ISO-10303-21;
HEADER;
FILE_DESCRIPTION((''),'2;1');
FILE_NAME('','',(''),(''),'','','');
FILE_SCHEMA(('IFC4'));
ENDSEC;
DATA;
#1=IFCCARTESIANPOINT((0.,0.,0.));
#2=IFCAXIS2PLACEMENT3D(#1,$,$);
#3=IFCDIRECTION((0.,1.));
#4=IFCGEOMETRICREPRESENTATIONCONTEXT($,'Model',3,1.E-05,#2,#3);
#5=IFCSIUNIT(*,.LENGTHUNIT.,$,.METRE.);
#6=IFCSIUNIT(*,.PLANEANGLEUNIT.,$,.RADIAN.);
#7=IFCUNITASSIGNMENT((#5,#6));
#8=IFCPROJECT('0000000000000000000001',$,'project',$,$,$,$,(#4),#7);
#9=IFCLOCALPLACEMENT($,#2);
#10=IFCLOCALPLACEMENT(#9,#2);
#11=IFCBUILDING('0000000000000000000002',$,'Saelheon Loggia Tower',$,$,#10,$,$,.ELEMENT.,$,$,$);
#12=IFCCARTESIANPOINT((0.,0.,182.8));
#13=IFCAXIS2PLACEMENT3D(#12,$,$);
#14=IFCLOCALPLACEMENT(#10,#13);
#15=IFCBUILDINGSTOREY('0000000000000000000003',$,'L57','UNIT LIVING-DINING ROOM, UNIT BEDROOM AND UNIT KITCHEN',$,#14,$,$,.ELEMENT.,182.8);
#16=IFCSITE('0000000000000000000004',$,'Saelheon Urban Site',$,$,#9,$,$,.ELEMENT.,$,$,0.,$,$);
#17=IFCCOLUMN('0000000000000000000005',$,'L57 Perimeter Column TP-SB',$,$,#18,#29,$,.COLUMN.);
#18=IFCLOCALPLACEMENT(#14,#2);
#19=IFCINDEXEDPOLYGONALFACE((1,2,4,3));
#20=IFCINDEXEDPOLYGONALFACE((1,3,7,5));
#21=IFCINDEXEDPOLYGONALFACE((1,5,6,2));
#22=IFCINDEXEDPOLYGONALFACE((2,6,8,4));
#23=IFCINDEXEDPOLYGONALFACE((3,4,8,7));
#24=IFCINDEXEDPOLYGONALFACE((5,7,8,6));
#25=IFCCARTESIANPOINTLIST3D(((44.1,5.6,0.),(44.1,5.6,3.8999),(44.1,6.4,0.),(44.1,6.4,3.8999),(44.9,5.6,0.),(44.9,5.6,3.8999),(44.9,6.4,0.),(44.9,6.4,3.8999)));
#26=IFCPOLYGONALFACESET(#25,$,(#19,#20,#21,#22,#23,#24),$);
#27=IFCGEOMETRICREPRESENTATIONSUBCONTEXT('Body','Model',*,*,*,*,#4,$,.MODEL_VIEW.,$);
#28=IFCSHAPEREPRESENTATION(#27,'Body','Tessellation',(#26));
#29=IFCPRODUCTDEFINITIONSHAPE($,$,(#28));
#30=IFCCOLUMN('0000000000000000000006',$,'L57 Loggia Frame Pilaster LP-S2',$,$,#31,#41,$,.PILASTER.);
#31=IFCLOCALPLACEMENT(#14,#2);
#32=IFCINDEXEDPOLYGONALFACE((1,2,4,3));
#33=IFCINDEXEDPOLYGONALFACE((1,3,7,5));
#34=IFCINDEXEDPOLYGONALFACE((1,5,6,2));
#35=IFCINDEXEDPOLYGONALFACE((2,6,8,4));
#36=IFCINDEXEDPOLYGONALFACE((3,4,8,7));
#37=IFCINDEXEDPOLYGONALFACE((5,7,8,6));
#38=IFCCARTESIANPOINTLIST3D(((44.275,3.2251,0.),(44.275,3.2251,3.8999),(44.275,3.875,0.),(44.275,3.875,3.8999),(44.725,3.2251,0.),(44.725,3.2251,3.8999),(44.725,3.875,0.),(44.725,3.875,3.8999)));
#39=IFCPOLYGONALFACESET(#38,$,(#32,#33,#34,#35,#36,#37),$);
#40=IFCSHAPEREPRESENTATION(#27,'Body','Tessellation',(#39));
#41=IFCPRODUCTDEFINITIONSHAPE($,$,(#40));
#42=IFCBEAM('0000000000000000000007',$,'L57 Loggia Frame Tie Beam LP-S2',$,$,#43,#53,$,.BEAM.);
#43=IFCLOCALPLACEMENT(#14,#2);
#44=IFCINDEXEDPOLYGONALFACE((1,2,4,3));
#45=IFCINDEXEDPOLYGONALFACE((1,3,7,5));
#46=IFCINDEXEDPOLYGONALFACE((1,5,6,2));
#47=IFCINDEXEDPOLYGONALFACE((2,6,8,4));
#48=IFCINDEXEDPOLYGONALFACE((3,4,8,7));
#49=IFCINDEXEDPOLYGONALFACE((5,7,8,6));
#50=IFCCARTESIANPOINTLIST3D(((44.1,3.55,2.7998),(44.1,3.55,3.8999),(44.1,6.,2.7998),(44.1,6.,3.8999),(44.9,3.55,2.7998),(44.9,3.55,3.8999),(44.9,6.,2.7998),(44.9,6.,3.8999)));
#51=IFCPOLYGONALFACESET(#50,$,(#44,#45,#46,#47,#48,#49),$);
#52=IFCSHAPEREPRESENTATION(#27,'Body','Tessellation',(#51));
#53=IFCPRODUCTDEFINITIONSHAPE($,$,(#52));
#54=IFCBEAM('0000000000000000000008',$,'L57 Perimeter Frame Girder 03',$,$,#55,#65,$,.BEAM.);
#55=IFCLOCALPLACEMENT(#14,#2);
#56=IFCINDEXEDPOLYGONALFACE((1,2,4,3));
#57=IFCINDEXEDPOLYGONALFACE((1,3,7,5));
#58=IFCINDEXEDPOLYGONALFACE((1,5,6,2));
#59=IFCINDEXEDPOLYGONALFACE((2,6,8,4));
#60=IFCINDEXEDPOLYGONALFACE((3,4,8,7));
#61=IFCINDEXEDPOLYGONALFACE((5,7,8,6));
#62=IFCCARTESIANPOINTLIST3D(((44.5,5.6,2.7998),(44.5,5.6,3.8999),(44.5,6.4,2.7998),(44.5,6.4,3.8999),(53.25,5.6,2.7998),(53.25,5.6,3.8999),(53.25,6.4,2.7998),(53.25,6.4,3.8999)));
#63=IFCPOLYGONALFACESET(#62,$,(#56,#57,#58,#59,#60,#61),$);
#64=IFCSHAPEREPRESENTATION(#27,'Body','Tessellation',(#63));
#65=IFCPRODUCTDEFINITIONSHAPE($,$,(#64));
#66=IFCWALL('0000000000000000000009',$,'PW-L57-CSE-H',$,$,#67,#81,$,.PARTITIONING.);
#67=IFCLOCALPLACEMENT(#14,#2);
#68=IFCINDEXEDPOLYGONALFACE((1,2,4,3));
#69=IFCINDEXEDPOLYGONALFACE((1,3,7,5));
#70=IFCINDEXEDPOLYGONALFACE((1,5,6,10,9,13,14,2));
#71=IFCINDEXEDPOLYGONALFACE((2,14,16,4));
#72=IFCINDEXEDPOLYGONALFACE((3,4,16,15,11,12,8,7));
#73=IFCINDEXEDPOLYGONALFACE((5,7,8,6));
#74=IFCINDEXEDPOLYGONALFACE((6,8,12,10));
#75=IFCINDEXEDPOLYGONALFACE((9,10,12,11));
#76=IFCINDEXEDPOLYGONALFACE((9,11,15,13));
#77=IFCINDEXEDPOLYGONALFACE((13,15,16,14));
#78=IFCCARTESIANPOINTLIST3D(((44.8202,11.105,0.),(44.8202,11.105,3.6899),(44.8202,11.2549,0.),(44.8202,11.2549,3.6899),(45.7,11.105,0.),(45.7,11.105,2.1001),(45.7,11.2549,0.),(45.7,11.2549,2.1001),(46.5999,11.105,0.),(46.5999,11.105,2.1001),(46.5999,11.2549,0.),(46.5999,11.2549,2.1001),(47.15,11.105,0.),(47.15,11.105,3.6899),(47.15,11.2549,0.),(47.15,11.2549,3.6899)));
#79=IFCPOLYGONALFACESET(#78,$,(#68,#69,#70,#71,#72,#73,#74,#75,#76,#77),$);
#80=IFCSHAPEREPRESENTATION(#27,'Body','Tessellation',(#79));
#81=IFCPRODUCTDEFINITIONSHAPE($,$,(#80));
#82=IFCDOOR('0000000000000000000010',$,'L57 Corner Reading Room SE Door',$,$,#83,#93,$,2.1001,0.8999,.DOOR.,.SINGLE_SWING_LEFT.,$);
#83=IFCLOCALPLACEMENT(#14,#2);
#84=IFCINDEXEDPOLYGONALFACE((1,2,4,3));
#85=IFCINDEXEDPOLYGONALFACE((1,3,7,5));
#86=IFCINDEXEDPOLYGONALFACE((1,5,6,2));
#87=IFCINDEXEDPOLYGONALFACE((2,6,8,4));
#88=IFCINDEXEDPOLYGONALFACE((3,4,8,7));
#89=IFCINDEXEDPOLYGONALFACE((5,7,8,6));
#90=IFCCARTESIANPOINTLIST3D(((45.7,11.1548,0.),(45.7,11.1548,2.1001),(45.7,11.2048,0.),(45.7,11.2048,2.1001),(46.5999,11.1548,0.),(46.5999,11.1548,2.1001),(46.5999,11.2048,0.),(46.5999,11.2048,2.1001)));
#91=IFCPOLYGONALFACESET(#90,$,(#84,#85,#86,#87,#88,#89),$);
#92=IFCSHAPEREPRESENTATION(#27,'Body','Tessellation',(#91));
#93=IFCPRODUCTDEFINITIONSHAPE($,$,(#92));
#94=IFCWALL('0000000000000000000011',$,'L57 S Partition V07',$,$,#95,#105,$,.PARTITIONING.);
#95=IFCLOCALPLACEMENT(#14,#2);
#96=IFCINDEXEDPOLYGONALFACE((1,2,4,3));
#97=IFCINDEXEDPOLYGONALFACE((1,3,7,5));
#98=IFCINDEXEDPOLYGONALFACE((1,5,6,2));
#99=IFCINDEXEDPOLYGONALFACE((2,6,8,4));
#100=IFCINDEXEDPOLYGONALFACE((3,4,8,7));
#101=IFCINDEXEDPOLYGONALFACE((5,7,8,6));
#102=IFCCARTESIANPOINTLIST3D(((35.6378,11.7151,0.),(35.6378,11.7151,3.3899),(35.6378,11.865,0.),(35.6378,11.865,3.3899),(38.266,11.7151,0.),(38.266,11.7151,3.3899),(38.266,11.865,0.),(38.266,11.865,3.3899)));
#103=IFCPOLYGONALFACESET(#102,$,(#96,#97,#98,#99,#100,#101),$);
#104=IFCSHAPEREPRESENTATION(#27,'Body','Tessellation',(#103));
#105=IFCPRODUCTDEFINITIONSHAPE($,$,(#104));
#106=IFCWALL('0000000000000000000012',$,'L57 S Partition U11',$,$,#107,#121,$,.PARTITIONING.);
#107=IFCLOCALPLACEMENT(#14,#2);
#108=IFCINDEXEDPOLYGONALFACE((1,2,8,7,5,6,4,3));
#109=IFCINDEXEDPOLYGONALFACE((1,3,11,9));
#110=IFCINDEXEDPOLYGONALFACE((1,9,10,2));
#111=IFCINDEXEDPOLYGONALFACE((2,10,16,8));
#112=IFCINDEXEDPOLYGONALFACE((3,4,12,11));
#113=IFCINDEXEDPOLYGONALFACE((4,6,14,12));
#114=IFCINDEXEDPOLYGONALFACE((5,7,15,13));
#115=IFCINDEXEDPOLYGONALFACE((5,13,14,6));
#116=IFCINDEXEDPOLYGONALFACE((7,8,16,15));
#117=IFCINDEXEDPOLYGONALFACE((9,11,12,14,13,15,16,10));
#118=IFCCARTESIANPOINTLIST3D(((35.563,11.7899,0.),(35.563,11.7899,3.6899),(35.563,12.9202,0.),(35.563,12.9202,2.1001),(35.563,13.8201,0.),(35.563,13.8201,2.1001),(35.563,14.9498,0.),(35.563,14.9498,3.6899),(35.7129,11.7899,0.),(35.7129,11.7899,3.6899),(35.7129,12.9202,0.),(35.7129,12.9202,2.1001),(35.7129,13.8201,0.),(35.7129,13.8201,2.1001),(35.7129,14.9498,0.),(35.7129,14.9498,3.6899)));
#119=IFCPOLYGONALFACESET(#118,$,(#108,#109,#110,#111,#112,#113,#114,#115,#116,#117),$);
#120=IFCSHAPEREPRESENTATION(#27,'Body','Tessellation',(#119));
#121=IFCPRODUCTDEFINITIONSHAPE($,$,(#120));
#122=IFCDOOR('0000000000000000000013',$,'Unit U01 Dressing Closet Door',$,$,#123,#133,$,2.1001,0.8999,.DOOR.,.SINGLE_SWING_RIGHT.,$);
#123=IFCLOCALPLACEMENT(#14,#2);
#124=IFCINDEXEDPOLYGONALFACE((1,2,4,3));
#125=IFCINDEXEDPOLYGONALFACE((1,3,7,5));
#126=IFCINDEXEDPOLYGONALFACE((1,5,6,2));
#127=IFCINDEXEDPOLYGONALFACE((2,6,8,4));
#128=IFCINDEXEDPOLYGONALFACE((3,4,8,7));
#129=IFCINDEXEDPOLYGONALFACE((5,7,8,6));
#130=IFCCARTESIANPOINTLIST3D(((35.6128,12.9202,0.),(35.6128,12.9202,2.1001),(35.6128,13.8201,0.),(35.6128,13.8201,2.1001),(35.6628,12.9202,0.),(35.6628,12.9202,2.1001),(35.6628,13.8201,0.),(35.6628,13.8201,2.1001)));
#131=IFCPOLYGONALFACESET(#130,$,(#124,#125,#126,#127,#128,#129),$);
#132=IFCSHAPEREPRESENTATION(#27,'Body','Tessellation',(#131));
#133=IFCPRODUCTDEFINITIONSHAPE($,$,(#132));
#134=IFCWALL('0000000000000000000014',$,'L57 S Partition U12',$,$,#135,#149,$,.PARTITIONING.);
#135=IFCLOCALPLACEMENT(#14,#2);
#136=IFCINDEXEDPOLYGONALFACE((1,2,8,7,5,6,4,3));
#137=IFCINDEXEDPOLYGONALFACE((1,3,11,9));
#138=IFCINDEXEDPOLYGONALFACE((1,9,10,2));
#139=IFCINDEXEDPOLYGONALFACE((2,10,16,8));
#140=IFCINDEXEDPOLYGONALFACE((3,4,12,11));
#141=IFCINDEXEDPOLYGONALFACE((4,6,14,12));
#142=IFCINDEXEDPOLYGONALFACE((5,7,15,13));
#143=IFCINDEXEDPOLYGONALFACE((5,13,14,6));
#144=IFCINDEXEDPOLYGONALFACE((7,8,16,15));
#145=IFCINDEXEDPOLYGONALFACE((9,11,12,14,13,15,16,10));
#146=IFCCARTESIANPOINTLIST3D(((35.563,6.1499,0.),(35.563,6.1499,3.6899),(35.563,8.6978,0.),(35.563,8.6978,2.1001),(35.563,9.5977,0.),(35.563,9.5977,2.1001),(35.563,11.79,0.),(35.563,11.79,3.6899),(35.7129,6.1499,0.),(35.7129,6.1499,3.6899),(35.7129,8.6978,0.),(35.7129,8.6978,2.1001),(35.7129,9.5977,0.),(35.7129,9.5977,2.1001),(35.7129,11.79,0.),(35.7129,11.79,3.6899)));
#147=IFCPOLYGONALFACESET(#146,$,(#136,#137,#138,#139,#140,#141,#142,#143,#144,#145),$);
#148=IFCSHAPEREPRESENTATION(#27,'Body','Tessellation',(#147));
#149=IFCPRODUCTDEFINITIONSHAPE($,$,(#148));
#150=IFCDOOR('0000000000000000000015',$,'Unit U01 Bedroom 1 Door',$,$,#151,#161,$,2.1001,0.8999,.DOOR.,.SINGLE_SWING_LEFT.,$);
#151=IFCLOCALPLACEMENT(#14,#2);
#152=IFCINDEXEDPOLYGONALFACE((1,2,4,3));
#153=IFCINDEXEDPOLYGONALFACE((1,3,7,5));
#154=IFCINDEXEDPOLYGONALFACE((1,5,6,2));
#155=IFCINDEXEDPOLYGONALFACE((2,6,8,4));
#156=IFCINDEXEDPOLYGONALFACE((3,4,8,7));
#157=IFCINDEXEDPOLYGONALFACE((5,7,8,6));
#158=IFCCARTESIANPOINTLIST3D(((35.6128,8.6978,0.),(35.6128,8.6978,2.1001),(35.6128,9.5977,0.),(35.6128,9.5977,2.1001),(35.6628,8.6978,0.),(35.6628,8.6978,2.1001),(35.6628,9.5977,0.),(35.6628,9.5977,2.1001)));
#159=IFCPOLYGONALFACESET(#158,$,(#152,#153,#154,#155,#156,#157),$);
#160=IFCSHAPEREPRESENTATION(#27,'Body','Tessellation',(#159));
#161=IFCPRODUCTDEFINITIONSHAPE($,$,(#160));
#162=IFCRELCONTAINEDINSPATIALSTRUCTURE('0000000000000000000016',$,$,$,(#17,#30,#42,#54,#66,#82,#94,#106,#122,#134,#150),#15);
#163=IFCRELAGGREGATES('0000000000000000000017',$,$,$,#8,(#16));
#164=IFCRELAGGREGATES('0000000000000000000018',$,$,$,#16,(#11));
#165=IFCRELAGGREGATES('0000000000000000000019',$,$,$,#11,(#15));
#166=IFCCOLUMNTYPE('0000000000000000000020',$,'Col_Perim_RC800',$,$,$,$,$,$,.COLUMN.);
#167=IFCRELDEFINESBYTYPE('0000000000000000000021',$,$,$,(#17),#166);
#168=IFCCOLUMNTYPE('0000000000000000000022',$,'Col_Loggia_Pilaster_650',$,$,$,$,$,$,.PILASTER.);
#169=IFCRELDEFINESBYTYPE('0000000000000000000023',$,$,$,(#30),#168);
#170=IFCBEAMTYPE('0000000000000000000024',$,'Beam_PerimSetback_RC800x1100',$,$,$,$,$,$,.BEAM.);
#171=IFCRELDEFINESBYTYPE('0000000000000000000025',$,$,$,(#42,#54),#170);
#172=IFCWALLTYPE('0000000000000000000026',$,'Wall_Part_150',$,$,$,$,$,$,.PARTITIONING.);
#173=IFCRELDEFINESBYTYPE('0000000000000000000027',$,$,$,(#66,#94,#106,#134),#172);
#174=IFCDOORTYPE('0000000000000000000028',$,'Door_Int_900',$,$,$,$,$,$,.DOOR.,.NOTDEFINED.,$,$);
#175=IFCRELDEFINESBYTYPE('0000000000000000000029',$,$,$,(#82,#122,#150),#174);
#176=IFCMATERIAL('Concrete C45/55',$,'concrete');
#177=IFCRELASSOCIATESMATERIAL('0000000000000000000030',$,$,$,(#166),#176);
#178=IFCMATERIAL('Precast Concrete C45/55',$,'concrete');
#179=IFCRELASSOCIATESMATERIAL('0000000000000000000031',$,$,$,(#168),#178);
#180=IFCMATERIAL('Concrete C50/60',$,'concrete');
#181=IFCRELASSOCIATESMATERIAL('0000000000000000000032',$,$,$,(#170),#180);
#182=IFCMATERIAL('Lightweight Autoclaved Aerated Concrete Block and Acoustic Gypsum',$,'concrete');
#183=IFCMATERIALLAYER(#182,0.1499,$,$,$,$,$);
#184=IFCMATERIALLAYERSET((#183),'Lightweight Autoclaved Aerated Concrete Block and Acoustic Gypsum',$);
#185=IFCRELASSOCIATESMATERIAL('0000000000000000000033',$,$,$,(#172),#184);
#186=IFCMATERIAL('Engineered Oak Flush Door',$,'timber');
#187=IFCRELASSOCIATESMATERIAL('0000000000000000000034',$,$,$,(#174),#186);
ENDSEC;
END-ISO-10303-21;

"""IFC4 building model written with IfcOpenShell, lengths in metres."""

from ifc_helpers import new_model, si_unit, direction, frame, frame_2d, origin, origin_2d, place, context, subcontext, project, spatial, rectangle, extrude, source, transform, mapped, material, layer, layer_set, material_profile, profile_set, type_object, element, fill, save


model = new_model("IFC4")

# Units and contexts
model_context = context("Model", 3, precision=1e-05, world=origin(), true_north=direction((0.0, 1.0)))
body_context = subcontext(model_context, "Body", "Model", "MODEL_VIEW")
ifc_project = project(units=[si_unit("LENGTHUNIT", "METRE"), si_unit("PLANEANGLEUNIT", "RADIAN")], contexts=[model_context])

# Site, building, storey
site_placement = place(None, origin())
site = spatial("IfcSite", under=ifc_project, at=site_placement, Name="Saelheon Urban Site", CompositionType="ELEMENT", RefElevation=0.0)
building_placement = place(site_placement, origin())
building = spatial("IfcBuilding", under=site, at=building_placement, Name="Saelheon Loggia Tower", CompositionType="ELEMENT")
storey_placement = place(building_placement, frame((0.0, 0.0, 182.8)))
storey = spatial("IfcBuildingStorey", under=building, at=storey_placement, Name="L57", Description="UNIT LIVING-DINING ROOM, UNIT BEDROOM AND UNIT KITCHEN", CompositionType="ELEMENT", Elevation=182.8)

# Columns
ifc_material_1 = material(Name="Concrete C45/55", Category="concrete")
ifc_material_profile_1 = material_profile(ifc_material_1, rectangle(XDim=0.8, YDim=0.8, at=origin_2d()), Name="RC-800x800")
ifc_profile_set_1 = profile_set([ifc_material_profile_1], Name="Concrete C45/55")
column_type_1 = type_object("IfcColumnType", Name="Col_Perim_RC800", PredefinedType="COLUMN", material=ifc_profile_set_1)
shared_shape_1 = source(origin(), body_context, "Body", "SweptSolid", [
    extrude(rectangle(XDim=0.8, YDim=0.8, at=origin_2d()), origin(), (0.0, 0.0, 1.0), 3.8999),
])
column_1_placement = place(storey_placement, frame((44.5, 6.0, 0.0), z_axis=(0.0, 0.0, 1.0), x_axis=(1.0, 0.0, 0.0)))
element("IfcColumn", 1, at=column_1_placement, inside=storey, type_object=column_type_1, Name="L57 Perimeter Column TP-SB", PredefinedType="COLUMN", context=body_context, shape_type="MappedRepresentation", body=[
    mapped(shared_shape_1, transform((0.0, 0.0, 0.0), scale=1.0)),
])
ifc_material_2 = material(Name="Precast Concrete C45/55", Category="concrete")
ifc_material_profile_2 = material_profile(ifc_material_2, rectangle(XDim=0.45, YDim=0.6499, at=origin_2d()), Name="RC-450x650")
ifc_profile_set_2 = profile_set([ifc_material_profile_2], Name="Precast Concrete C45/55")
column_type_2 = type_object("IfcColumnType", Name="Col_Loggia_Pilaster_650", PredefinedType="PILASTER", material=ifc_profile_set_2)
shared_shape_2 = source(origin(), body_context, "Body", "SweptSolid", [
    extrude(rectangle(XDim=0.45, YDim=0.6499, at=origin_2d()), origin(), (0.0, 0.0, 1.0), 3.8999),
])
column_2_placement = place(storey_placement, frame((44.5, 3.55, 0.0), z_axis=(0.0, 0.0, 1.0), x_axis=(1.0, 0.0, 0.0)))
element("IfcColumn", 2, at=column_2_placement, inside=storey, type_object=column_type_2, Name="L57 Loggia Frame Pilaster LP-S2", PredefinedType="PILASTER", context=body_context, shape_type="MappedRepresentation", body=[
    mapped(shared_shape_2, transform((0.0, 0.0, 0.0), scale=1.0)),
])

# Beams
ifc_material_3 = material(Name="Concrete C50/60", Category="concrete")
ifc_material_profile_3 = material_profile(ifc_material_3, rectangle(XDim=0.8, YDim=1.1001, at=origin_2d()), Name="RC-800x1100")
ifc_profile_set_3 = profile_set([ifc_material_profile_3], Name="Concrete C50/60")
beam_type = type_object("IfcBeamType", Name="Beam_PerimSetback_RC800x1100", PredefinedType="BEAM", material=ifc_profile_set_3)
shared_shape_3 = source(origin(), body_context, "Body", "SweptSolid", [
    extrude(rectangle(XDim=0.8, YDim=1.1001, at=origin_2d()), origin(), (0.0, 0.0, 1.0), 2.45),
])
beam_1_placement = place(storey_placement, frame((44.5, 6.0, 3.3499), z_axis=(0.0, -1.0, 0.0), x_axis=(1.0, 0.0, 0.0)))
element("IfcBeam", 3, at=beam_1_placement, inside=storey, type_object=beam_type, Name="L57 Loggia Frame Tie Beam LP-S2", PredefinedType="BEAM", context=body_context, shape_type="MappedRepresentation", body=[
    mapped(shared_shape_3, transform((0.0, 0.0, 0.0), scale=1.0)),
])
shared_shape_4 = source(origin(), body_context, "Body", "SweptSolid", [
    extrude(rectangle(XDim=0.8, YDim=1.1001, at=origin_2d()), origin(), (0.0, 0.0, 1.0), 8.75),
])
beam_2_placement = place(storey_placement, frame((44.5, 6.0, 3.3499), z_axis=(1.0, 0.0, 0.0), x_axis=(0.0, 1.0, 0.0)))
element("IfcBeam", 4, at=beam_2_placement, inside=storey, type_object=beam_type, Name="L57 Perimeter Frame Girder 03", PredefinedType="BEAM", context=body_context, shape_type="MappedRepresentation", body=[
    mapped(shared_shape_4, transform((0.0, 0.0, 0.0), scale=1.0)),
])

# Wall, opening, door
ifc_material_4 = material(Name="Lightweight Autoclaved Aerated Concrete Block and Acoustic Gypsum", Category="concrete")
ifc_layer_1 = layer(ifc_material_4, 0.1499)
ifc_layer_set_1 = layer_set([ifc_layer_1], Name="Lightweight Autoclaved Aerated Concrete Block and Acoustic Gypsum")
wall_type_1 = type_object("IfcWallType", Name="Wall_Part_150", PredefinedType="PARTITIONING", material=ifc_layer_set_1)
wall_1_placement = place(storey_placement, frame((44.8201, 11.1799, 0.0), z_axis=(0.0, 0.0, 1.0), x_axis=(1.0, 0.0, 0.0)))
wall_1 = element("IfcWall", 5, at=wall_1_placement, inside=storey, type_object=wall_type_1, Name="PW-L57-CSE-H", PredefinedType="PARTITIONING", context=body_context, shape_type="SweptSolid", body=[
    extrude(rectangle(XDim=2.3298, YDim=0.1499, at=frame_2d((1.165, 0.0))), origin(), (0.0, 0.0, 1.0), 3.6899),
])
opening_1_placement = place(wall_1_placement, frame((0.8799, 0.0, 0.0)))
opening_1 = element("IfcOpeningElement", 6, at=opening_1_placement, cuts=wall_1, PredefinedType="OPENING", context=body_context, shape_type="SweptSolid", body=[
    extrude(rectangle(XDim=0.8999, YDim=2.1001, at=frame_2d((0.45, 1.05))), frame((0.0, 0.0869, 0.0), z_axis=(0.0, -1.0, 0.0), x_axis=(1.0, 0.0, 0.0)), (0.0, 0.0, 1.0), 0.1738),
])
ifc_material_5 = material(Name="Engineered Oak Flush Door", Category="timber")
door_type_1 = type_object("IfcDoorType", Name="Door_Int_900", OperationType="NOTDEFINED", PredefinedType="DOOR", material=ifc_material_5)
shared_shape_5 = source(origin(), body_context, "Body", "SweptSolid", [
    extrude(rectangle(XDim=0.8999, YDim=2.1001, at=frame_2d((0.45, 1.05))), frame((0.0, 0.0249, 0.0), z_axis=(0.0, -1.0, 0.0), x_axis=(1.0, 0.0, 0.0)), (0.0, 0.0, 1.0), 0.05),
])
door_1_placement = place(opening_1_placement, origin())
door_1 = element("IfcDoor", 7, at=door_1_placement, inside=storey, type_object=door_type_1, Name="L57 Corner Reading Room SE Door", OperationType="SINGLE_SWING_LEFT", OverallHeight=2.1001, OverallWidth=0.8999, PredefinedType="DOOR", context=body_context, shape_type="MappedRepresentation", body=[
    mapped(shared_shape_5, transform((0.0, 0.0, 0.0), scale=1.0)),
])
fill(opening_1, door_1)

# Wall
wall_2_placement = place(storey_placement, frame((35.6379, 11.79, 0.0), z_axis=(0.0, 0.0, 1.0), x_axis=(1.0, 0.0, 0.0)))
element("IfcWall", 8, at=wall_2_placement, inside=storey, type_object=wall_type_1, Name="L57 S Partition V07", PredefinedType="PARTITIONING", context=body_context, shape_type="SweptSolid", body=[
    extrude(rectangle(XDim=2.6282, YDim=0.1499, at=frame_2d((1.314, 0.0))), origin(), (0.0, 0.0, 1.0), 3.3899),
])

# Walls, openings, doors
wall_3_placement = place(storey_placement, frame((35.6379, 14.95, 0.0), z_axis=(0.0, 0.0, 1.0), x_axis=(0.0, -1.0, 0.0)))
wall_3 = element("IfcWall", 9, at=wall_3_placement, inside=storey, type_object=wall_type_1, Name="L57 S Partition U11", PredefinedType="PARTITIONING", context=body_context, shape_type="SweptSolid", body=[
    extrude(rectangle(XDim=3.1599, YDim=0.1499, at=frame_2d((1.5801, 0.0))), origin(), (0.0, 0.0, 1.0), 3.6899),
])
opening_2_placement = place(wall_3_placement, frame((1.1299, 0.0, 0.0)))
opening_2 = element("IfcOpeningElement", 10, at=opening_2_placement, cuts=wall_3, PredefinedType="OPENING", context=body_context, shape_type="SweptSolid", body=[
    extrude(rectangle(XDim=0.8999, YDim=2.1001, at=frame_2d((0.45, 1.05))), frame((0.0, 0.0869, 0.0), z_axis=(0.0, -1.0, 0.0), x_axis=(1.0, 0.0, 0.0)), (0.0, 0.0, 1.0), 0.1738),
])
door_2_placement = place(opening_2_placement, origin())
door_2 = element("IfcDoor", 11, at=door_2_placement, inside=storey, type_object=door_type_1, Name="Unit U01 Dressing Closet Door", OperationType="SINGLE_SWING_RIGHT", OverallHeight=2.1001, OverallWidth=0.8999, PredefinedType="DOOR", context=body_context, shape_type="MappedRepresentation", body=[
    mapped(shared_shape_5, transform((0.0, 0.0, 0.0), scale=1.0)),
])
fill(opening_2, door_2)
wall_4_placement = place(storey_placement, frame((35.6379, 11.79, 0.0), z_axis=(0.0, 0.0, 1.0), x_axis=(0.0, -1.0, 0.0)))
wall_4 = element("IfcWall", 12, at=wall_4_placement, inside=storey, type_object=wall_type_1, Name="L57 S Partition U12", PredefinedType="PARTITIONING", context=body_context, shape_type="SweptSolid", body=[
    extrude(rectangle(XDim=5.6401, YDim=0.1499, at=frame_2d((2.8201, 0.0))), origin(), (0.0, 0.0, 1.0), 3.6899),
])
opening_3_placement = place(wall_4_placement, frame((2.1924, 0.0, 0.0)))
opening_3 = element("IfcOpeningElement", 13, at=opening_3_placement, cuts=wall_4, PredefinedType="OPENING", context=body_context, shape_type="SweptSolid", body=[
    extrude(rectangle(XDim=0.8999, YDim=2.1001, at=frame_2d((0.45, 1.05))), frame((0.0, 0.0869, 0.0), z_axis=(0.0, -1.0, 0.0), x_axis=(1.0, 0.0, 0.0)), (0.0, 0.0, 1.0), 0.1738),
])
door_3_placement = place(opening_3_placement, origin())
door_3 = element("IfcDoor", 14, at=door_3_placement, inside=storey, type_object=door_type_1, Name="Unit U01 Bedroom 1 Door", OperationType="SINGLE_SWING_LEFT", OverallHeight=2.1001, OverallWidth=0.8999, PredefinedType="DOOR", context=body_context, shape_type="MappedRepresentation", body=[
    mapped(shared_shape_5, transform((0.0, 0.0, 0.0), scale=1.0)),
])
fill(opening_3, door_3)

save(model, "model.ifc")
